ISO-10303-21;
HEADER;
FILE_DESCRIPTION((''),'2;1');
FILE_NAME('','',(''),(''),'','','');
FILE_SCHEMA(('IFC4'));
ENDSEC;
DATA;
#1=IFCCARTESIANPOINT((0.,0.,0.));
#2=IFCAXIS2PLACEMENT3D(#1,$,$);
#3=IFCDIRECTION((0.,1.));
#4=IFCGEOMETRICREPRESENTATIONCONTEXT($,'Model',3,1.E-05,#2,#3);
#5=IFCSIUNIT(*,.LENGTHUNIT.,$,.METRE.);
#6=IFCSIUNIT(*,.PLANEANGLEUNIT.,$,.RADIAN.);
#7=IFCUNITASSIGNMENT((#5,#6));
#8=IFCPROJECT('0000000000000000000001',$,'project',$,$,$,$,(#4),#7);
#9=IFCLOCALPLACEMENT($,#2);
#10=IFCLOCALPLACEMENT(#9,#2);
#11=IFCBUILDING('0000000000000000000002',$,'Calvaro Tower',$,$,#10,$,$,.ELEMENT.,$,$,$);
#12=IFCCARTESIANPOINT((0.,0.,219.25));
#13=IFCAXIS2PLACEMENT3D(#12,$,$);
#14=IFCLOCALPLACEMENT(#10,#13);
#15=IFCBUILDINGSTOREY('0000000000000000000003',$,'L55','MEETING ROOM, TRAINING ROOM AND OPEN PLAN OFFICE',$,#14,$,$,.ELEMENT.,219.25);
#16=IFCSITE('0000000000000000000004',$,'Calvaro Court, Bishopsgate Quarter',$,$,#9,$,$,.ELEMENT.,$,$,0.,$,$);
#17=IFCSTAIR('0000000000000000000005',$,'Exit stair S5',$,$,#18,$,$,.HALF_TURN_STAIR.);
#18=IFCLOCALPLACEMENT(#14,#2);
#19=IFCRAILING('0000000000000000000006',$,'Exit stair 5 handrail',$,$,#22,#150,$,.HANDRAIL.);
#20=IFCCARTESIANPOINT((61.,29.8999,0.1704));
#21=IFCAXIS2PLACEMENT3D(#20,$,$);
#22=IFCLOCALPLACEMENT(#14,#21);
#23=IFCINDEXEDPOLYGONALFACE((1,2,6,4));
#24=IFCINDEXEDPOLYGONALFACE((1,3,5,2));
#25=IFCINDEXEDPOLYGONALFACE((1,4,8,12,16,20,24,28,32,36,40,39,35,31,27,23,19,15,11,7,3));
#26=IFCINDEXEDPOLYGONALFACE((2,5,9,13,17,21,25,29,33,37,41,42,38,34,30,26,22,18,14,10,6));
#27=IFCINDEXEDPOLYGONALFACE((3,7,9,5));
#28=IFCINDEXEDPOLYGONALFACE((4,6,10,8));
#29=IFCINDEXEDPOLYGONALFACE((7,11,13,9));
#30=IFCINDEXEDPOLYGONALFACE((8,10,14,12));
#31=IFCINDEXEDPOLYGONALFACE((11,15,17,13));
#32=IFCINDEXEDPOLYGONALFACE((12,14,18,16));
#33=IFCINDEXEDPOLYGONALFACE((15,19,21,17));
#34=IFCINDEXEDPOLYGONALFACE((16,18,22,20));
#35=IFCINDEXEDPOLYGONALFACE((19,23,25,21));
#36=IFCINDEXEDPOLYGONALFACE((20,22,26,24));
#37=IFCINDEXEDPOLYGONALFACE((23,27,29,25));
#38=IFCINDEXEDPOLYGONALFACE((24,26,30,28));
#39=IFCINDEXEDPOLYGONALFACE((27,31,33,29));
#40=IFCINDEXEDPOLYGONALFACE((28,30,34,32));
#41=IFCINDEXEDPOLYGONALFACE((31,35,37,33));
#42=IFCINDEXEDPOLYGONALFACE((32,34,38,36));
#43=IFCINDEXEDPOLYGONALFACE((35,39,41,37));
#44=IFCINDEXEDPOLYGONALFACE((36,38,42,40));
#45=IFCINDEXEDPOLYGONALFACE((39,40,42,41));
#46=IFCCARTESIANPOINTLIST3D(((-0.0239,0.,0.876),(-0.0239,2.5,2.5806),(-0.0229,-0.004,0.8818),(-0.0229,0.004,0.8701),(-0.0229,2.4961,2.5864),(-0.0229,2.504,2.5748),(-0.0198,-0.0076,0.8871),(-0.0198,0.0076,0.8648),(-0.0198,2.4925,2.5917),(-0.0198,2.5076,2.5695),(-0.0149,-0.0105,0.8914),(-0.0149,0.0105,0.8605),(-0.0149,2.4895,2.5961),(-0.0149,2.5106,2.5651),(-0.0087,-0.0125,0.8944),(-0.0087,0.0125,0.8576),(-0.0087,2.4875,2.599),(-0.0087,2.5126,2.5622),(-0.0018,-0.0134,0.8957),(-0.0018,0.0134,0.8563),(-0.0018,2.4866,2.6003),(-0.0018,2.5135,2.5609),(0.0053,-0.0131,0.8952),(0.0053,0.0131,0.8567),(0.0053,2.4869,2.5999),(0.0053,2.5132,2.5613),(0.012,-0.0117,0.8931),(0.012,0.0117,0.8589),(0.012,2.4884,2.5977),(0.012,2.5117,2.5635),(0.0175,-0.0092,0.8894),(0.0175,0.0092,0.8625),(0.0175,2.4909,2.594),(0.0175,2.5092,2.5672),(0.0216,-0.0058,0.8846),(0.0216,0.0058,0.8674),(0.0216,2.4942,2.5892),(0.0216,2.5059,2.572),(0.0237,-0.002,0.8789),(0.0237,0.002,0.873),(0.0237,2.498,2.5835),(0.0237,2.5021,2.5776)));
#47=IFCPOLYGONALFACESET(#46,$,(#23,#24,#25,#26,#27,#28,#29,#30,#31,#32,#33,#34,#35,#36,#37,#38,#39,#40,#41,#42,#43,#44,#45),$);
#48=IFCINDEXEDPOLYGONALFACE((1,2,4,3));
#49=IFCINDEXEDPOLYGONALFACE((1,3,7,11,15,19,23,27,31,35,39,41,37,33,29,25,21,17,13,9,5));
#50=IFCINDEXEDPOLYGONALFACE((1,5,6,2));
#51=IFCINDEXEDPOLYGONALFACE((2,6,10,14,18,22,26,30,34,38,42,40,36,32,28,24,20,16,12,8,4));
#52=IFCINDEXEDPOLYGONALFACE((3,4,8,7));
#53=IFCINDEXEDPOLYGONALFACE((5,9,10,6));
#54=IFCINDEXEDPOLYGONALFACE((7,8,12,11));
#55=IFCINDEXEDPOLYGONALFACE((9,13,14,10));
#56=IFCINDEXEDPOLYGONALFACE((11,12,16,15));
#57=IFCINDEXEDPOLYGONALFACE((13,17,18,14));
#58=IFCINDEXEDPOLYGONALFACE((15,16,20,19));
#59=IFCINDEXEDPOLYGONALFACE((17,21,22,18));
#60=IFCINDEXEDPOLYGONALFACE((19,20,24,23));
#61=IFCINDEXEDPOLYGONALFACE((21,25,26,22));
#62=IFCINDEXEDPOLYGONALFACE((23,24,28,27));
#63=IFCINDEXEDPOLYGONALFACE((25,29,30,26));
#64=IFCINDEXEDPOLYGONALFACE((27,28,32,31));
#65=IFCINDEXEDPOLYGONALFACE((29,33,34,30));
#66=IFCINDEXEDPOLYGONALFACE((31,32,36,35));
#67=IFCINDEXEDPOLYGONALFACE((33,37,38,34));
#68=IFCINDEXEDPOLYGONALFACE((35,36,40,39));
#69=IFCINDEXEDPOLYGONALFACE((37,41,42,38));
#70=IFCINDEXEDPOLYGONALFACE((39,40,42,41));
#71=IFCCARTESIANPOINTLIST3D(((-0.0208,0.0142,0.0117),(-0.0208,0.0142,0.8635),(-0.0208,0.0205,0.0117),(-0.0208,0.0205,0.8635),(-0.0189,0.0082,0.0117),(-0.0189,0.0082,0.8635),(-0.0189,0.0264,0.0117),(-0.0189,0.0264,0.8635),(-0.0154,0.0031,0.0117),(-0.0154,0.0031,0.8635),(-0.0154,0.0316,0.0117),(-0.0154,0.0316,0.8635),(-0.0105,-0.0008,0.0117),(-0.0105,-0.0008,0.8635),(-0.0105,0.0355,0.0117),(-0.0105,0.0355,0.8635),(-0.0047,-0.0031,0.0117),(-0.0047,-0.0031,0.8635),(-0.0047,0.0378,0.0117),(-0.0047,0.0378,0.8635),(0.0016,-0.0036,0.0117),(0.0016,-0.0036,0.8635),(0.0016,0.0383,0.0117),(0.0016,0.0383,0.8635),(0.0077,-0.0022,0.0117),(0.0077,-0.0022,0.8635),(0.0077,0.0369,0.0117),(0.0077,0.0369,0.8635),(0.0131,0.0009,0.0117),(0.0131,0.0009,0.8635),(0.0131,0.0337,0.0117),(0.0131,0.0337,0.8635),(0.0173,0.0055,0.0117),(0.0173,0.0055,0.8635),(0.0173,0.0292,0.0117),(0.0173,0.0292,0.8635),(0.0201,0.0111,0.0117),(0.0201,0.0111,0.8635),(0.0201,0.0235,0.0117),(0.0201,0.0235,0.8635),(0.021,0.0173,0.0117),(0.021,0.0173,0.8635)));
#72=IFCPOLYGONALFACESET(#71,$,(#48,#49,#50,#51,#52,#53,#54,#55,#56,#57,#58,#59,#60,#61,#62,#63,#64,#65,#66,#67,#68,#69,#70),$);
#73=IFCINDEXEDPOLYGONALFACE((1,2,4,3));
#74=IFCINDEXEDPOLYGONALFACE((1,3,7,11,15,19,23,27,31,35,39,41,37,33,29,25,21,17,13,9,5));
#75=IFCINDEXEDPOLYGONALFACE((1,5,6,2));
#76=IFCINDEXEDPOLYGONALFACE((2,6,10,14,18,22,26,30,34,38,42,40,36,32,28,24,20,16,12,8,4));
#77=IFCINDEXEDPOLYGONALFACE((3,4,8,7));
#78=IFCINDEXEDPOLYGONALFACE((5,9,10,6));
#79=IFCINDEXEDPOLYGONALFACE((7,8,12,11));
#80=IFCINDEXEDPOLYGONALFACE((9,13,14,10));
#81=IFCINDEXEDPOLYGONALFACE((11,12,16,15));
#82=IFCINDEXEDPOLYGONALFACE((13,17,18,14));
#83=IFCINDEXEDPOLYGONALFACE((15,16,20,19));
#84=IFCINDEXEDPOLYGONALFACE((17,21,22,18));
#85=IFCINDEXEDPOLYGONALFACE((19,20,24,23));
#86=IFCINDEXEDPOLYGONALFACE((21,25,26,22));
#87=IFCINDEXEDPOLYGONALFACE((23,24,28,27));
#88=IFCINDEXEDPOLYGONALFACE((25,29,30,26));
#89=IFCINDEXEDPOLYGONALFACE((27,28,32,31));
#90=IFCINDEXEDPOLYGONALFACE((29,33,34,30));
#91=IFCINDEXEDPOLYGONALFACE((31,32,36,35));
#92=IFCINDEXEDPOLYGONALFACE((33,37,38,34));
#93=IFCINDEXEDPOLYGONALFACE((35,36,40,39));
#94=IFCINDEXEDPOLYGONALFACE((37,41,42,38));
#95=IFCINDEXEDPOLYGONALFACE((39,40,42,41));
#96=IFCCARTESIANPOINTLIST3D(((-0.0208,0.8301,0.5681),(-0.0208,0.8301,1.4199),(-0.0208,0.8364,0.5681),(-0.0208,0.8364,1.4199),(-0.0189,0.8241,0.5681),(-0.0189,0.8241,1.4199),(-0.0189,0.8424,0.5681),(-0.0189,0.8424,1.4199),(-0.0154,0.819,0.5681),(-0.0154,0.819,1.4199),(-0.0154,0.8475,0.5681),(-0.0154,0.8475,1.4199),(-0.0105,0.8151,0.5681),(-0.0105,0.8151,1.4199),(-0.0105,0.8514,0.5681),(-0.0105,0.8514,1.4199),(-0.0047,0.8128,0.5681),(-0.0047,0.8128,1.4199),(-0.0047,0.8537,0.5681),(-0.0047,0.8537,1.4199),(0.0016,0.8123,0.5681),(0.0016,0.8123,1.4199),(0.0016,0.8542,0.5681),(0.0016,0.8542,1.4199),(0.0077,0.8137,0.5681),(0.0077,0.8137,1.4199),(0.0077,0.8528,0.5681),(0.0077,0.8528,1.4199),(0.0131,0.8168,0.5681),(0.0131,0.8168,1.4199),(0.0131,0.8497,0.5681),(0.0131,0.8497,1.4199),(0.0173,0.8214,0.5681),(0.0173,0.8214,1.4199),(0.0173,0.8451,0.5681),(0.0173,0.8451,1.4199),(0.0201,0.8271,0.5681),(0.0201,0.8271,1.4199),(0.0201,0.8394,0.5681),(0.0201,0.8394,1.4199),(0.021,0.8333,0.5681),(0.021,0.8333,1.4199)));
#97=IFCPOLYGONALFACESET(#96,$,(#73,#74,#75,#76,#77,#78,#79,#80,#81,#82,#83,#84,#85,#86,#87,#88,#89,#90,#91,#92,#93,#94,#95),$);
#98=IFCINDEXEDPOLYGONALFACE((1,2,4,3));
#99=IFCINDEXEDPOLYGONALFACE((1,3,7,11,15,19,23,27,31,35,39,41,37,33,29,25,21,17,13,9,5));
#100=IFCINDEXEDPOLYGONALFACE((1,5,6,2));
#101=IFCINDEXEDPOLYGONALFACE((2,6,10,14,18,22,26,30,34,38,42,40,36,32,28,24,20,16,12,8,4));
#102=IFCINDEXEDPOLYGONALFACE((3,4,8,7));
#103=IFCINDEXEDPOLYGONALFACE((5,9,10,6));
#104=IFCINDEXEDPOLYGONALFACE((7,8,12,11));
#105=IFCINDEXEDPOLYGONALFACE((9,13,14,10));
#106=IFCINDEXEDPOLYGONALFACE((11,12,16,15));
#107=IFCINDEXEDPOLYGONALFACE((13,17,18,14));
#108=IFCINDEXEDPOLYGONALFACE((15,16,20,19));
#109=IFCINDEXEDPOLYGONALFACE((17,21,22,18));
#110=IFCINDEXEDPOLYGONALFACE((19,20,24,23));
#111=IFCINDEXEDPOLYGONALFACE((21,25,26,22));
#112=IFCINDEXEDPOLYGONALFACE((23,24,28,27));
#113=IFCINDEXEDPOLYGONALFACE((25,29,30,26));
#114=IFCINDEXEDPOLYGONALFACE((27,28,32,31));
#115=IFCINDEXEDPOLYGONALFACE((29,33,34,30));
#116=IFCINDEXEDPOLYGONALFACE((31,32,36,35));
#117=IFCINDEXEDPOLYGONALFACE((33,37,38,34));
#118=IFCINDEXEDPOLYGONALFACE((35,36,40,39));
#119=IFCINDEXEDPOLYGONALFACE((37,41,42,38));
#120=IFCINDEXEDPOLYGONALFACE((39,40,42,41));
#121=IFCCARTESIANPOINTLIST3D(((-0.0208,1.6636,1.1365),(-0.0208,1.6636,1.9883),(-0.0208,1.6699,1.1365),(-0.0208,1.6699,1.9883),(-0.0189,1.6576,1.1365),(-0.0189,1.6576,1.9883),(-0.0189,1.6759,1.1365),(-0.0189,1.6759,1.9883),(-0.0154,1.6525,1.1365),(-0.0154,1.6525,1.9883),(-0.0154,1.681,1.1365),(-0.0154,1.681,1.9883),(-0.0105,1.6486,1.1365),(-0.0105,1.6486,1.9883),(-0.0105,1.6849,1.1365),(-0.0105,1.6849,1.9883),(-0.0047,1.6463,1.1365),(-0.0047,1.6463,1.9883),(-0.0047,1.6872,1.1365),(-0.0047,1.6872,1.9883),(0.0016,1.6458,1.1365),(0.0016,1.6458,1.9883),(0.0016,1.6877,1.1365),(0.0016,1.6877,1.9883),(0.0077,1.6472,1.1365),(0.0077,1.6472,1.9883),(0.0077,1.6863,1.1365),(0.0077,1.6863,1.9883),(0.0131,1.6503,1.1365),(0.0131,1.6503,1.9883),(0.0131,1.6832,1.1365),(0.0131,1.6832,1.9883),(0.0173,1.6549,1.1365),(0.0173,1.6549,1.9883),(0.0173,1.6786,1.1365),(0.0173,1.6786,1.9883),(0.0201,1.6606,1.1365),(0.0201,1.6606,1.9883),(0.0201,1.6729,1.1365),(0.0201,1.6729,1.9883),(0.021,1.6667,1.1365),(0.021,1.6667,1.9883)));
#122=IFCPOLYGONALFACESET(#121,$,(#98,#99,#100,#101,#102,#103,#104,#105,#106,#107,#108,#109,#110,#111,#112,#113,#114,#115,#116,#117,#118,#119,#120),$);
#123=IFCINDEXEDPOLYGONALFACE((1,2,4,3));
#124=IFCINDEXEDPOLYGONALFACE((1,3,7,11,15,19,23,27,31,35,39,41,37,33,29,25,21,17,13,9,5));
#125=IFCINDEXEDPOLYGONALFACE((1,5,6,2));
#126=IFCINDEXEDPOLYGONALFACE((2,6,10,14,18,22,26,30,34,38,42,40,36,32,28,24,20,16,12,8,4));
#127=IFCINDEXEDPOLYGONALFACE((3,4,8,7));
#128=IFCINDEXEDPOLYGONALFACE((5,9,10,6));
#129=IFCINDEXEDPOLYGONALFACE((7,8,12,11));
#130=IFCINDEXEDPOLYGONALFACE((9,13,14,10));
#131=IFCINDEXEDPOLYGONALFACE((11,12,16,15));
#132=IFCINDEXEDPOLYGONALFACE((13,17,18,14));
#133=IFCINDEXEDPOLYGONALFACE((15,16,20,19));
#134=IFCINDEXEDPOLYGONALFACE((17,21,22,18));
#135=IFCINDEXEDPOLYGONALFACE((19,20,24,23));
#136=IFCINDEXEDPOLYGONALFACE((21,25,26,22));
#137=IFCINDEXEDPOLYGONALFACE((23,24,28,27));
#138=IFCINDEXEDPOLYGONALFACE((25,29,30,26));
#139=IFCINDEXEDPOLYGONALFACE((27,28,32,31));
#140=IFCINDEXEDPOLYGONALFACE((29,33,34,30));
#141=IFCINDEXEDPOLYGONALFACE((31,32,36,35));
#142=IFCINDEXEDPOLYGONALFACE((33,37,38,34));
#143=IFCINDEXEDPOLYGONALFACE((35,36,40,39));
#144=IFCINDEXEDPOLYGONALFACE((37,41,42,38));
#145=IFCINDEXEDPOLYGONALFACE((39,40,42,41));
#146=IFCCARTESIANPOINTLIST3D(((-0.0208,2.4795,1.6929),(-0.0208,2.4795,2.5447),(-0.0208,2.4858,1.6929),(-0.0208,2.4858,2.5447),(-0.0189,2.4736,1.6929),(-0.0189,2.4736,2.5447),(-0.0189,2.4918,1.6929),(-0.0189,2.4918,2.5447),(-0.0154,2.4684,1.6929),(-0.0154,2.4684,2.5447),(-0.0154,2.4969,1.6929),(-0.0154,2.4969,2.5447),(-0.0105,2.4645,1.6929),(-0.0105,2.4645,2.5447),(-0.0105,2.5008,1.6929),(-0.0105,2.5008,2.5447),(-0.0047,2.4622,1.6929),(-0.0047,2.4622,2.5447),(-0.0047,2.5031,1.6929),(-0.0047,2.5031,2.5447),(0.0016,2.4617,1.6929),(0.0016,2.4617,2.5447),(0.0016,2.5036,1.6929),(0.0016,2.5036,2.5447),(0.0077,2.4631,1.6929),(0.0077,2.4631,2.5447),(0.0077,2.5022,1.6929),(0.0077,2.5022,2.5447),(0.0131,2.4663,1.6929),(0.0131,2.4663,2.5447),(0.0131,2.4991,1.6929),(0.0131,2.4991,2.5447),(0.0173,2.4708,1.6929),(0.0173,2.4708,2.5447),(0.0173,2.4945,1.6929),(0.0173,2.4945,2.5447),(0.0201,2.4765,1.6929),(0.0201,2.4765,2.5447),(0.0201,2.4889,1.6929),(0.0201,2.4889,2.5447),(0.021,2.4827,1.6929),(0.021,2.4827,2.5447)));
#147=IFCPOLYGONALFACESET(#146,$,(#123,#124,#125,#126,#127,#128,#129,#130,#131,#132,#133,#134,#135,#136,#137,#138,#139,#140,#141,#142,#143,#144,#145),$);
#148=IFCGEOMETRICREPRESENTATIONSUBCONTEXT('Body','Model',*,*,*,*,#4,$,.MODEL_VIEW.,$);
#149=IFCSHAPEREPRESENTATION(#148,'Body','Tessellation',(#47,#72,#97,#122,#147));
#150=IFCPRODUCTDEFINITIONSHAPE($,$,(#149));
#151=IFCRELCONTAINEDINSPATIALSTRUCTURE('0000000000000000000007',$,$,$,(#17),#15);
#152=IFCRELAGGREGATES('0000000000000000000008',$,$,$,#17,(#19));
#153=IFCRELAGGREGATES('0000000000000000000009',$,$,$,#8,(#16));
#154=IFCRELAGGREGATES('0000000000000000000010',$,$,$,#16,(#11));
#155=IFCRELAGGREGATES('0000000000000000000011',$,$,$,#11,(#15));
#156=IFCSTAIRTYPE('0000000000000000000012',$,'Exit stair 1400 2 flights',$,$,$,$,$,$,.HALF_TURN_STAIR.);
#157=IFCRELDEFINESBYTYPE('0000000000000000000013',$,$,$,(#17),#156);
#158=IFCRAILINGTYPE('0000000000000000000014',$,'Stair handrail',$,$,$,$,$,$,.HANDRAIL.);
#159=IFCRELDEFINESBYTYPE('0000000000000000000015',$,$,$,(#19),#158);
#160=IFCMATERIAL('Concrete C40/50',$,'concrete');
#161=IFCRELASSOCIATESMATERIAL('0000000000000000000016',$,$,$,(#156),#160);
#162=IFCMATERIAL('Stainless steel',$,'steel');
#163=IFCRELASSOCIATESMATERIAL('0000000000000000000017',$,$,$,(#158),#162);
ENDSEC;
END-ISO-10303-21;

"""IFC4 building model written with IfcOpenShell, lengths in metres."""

from ifc_helpers import new_model, si_unit, direction, frame, origin, origin_2d, place, context, subcontext, project, spatial, circle, extrude, material, type_object, element, aggregate, save


model = new_model("IFC4")

# Units and contexts
model_context = context("Model", 3, precision=1e-05, world=origin(), true_north=direction((0.0, 1.0)))
body_context = subcontext(model_context, "Body", "Model", "MODEL_VIEW")
ifc_project = project(units=[si_unit("LENGTHUNIT", "METRE"), si_unit("PLANEANGLEUNIT", "RADIAN")], contexts=[model_context])

# Site, building, storey
site_placement = place(None, origin())
site = spatial("IfcSite", under=ifc_project, at=site_placement, Name="Calvaro Court, Bishopsgate Quarter", CompositionType="ELEMENT", RefElevation=0.0)
building_placement = place(site_placement, origin())
building = spatial("IfcBuilding", under=site, at=building_placement, Name="Calvaro Tower", CompositionType="ELEMENT")
storey_placement = place(building_placement, frame((0.0, 0.0, 219.25)))
storey = spatial("IfcBuildingStorey", under=building, at=storey_placement, Name="L55", Description="MEETING ROOM, TRAINING ROOM AND OPEN PLAN OFFICE", CompositionType="ELEMENT", Elevation=219.25)

# Stair
ifc_material_1 = material(Name="Concrete C40/50", Category="concrete")
stair_type = type_object("IfcStairType", Name="Exit stair 1400 2 flights", PredefinedType="HALF_TURN_STAIR", material=ifc_material_1)
stair_1_placement = place(storey_placement, origin())
stair_1 = element("IfcStair", 1, at=stair_1_placement, inside=storey, type_object=stair_type, Name="Exit stair S5", PredefinedType="HALF_TURN_STAIR")

# Shared definitions
ifc_material_2 = material(Name="Stainless steel", Category="steel")
railing_type = type_object("IfcRailingType", Name="Stair handrail", PredefinedType="HANDRAIL", material=ifc_material_2)

# Railing
railing_1_placement = place(storey_placement, frame((61.0, 29.8999, 0.1704)))
railing_1 = element("IfcRailing", 2, at=railing_1_placement, type_object=railing_type, Name="Exit stair 5 handrail", PredefinedType="HANDRAIL", context=body_context, shape_type="SweptSolid", body=[
    extrude(circle(Radius=0.0239, at=origin_2d()), frame((0.0, 0.0, 0.876), z_axis=(0.0, 0.826221, 0.563347), x_axis=(-1.0, 0.0, 0.0)), (0.0, 0.0, 1.0), 3.0259),
    extrude(circle(Radius=0.021, at=origin_2d()), frame((0.0, 0.0173, 0.0117)), (0.0, 0.0, 1.0), 0.8518),
    extrude(circle(Radius=0.021, at=origin_2d()), frame((0.0, 0.8333, 0.5681)), (0.0, 0.0, 1.0), 0.8518),
    extrude(circle(Radius=0.021, at=origin_2d()), frame((0.0, 1.6667, 1.1365)), (0.0, 0.0, 1.0), 0.8518),
    extrude(circle(Radius=0.021, at=origin_2d()), frame((0.0, 2.4827, 1.6929)), (0.0, 0.0, 1.0), 0.8518),
])
aggregate(stair_1, [railing_1])

save(model, "model.ifc")
